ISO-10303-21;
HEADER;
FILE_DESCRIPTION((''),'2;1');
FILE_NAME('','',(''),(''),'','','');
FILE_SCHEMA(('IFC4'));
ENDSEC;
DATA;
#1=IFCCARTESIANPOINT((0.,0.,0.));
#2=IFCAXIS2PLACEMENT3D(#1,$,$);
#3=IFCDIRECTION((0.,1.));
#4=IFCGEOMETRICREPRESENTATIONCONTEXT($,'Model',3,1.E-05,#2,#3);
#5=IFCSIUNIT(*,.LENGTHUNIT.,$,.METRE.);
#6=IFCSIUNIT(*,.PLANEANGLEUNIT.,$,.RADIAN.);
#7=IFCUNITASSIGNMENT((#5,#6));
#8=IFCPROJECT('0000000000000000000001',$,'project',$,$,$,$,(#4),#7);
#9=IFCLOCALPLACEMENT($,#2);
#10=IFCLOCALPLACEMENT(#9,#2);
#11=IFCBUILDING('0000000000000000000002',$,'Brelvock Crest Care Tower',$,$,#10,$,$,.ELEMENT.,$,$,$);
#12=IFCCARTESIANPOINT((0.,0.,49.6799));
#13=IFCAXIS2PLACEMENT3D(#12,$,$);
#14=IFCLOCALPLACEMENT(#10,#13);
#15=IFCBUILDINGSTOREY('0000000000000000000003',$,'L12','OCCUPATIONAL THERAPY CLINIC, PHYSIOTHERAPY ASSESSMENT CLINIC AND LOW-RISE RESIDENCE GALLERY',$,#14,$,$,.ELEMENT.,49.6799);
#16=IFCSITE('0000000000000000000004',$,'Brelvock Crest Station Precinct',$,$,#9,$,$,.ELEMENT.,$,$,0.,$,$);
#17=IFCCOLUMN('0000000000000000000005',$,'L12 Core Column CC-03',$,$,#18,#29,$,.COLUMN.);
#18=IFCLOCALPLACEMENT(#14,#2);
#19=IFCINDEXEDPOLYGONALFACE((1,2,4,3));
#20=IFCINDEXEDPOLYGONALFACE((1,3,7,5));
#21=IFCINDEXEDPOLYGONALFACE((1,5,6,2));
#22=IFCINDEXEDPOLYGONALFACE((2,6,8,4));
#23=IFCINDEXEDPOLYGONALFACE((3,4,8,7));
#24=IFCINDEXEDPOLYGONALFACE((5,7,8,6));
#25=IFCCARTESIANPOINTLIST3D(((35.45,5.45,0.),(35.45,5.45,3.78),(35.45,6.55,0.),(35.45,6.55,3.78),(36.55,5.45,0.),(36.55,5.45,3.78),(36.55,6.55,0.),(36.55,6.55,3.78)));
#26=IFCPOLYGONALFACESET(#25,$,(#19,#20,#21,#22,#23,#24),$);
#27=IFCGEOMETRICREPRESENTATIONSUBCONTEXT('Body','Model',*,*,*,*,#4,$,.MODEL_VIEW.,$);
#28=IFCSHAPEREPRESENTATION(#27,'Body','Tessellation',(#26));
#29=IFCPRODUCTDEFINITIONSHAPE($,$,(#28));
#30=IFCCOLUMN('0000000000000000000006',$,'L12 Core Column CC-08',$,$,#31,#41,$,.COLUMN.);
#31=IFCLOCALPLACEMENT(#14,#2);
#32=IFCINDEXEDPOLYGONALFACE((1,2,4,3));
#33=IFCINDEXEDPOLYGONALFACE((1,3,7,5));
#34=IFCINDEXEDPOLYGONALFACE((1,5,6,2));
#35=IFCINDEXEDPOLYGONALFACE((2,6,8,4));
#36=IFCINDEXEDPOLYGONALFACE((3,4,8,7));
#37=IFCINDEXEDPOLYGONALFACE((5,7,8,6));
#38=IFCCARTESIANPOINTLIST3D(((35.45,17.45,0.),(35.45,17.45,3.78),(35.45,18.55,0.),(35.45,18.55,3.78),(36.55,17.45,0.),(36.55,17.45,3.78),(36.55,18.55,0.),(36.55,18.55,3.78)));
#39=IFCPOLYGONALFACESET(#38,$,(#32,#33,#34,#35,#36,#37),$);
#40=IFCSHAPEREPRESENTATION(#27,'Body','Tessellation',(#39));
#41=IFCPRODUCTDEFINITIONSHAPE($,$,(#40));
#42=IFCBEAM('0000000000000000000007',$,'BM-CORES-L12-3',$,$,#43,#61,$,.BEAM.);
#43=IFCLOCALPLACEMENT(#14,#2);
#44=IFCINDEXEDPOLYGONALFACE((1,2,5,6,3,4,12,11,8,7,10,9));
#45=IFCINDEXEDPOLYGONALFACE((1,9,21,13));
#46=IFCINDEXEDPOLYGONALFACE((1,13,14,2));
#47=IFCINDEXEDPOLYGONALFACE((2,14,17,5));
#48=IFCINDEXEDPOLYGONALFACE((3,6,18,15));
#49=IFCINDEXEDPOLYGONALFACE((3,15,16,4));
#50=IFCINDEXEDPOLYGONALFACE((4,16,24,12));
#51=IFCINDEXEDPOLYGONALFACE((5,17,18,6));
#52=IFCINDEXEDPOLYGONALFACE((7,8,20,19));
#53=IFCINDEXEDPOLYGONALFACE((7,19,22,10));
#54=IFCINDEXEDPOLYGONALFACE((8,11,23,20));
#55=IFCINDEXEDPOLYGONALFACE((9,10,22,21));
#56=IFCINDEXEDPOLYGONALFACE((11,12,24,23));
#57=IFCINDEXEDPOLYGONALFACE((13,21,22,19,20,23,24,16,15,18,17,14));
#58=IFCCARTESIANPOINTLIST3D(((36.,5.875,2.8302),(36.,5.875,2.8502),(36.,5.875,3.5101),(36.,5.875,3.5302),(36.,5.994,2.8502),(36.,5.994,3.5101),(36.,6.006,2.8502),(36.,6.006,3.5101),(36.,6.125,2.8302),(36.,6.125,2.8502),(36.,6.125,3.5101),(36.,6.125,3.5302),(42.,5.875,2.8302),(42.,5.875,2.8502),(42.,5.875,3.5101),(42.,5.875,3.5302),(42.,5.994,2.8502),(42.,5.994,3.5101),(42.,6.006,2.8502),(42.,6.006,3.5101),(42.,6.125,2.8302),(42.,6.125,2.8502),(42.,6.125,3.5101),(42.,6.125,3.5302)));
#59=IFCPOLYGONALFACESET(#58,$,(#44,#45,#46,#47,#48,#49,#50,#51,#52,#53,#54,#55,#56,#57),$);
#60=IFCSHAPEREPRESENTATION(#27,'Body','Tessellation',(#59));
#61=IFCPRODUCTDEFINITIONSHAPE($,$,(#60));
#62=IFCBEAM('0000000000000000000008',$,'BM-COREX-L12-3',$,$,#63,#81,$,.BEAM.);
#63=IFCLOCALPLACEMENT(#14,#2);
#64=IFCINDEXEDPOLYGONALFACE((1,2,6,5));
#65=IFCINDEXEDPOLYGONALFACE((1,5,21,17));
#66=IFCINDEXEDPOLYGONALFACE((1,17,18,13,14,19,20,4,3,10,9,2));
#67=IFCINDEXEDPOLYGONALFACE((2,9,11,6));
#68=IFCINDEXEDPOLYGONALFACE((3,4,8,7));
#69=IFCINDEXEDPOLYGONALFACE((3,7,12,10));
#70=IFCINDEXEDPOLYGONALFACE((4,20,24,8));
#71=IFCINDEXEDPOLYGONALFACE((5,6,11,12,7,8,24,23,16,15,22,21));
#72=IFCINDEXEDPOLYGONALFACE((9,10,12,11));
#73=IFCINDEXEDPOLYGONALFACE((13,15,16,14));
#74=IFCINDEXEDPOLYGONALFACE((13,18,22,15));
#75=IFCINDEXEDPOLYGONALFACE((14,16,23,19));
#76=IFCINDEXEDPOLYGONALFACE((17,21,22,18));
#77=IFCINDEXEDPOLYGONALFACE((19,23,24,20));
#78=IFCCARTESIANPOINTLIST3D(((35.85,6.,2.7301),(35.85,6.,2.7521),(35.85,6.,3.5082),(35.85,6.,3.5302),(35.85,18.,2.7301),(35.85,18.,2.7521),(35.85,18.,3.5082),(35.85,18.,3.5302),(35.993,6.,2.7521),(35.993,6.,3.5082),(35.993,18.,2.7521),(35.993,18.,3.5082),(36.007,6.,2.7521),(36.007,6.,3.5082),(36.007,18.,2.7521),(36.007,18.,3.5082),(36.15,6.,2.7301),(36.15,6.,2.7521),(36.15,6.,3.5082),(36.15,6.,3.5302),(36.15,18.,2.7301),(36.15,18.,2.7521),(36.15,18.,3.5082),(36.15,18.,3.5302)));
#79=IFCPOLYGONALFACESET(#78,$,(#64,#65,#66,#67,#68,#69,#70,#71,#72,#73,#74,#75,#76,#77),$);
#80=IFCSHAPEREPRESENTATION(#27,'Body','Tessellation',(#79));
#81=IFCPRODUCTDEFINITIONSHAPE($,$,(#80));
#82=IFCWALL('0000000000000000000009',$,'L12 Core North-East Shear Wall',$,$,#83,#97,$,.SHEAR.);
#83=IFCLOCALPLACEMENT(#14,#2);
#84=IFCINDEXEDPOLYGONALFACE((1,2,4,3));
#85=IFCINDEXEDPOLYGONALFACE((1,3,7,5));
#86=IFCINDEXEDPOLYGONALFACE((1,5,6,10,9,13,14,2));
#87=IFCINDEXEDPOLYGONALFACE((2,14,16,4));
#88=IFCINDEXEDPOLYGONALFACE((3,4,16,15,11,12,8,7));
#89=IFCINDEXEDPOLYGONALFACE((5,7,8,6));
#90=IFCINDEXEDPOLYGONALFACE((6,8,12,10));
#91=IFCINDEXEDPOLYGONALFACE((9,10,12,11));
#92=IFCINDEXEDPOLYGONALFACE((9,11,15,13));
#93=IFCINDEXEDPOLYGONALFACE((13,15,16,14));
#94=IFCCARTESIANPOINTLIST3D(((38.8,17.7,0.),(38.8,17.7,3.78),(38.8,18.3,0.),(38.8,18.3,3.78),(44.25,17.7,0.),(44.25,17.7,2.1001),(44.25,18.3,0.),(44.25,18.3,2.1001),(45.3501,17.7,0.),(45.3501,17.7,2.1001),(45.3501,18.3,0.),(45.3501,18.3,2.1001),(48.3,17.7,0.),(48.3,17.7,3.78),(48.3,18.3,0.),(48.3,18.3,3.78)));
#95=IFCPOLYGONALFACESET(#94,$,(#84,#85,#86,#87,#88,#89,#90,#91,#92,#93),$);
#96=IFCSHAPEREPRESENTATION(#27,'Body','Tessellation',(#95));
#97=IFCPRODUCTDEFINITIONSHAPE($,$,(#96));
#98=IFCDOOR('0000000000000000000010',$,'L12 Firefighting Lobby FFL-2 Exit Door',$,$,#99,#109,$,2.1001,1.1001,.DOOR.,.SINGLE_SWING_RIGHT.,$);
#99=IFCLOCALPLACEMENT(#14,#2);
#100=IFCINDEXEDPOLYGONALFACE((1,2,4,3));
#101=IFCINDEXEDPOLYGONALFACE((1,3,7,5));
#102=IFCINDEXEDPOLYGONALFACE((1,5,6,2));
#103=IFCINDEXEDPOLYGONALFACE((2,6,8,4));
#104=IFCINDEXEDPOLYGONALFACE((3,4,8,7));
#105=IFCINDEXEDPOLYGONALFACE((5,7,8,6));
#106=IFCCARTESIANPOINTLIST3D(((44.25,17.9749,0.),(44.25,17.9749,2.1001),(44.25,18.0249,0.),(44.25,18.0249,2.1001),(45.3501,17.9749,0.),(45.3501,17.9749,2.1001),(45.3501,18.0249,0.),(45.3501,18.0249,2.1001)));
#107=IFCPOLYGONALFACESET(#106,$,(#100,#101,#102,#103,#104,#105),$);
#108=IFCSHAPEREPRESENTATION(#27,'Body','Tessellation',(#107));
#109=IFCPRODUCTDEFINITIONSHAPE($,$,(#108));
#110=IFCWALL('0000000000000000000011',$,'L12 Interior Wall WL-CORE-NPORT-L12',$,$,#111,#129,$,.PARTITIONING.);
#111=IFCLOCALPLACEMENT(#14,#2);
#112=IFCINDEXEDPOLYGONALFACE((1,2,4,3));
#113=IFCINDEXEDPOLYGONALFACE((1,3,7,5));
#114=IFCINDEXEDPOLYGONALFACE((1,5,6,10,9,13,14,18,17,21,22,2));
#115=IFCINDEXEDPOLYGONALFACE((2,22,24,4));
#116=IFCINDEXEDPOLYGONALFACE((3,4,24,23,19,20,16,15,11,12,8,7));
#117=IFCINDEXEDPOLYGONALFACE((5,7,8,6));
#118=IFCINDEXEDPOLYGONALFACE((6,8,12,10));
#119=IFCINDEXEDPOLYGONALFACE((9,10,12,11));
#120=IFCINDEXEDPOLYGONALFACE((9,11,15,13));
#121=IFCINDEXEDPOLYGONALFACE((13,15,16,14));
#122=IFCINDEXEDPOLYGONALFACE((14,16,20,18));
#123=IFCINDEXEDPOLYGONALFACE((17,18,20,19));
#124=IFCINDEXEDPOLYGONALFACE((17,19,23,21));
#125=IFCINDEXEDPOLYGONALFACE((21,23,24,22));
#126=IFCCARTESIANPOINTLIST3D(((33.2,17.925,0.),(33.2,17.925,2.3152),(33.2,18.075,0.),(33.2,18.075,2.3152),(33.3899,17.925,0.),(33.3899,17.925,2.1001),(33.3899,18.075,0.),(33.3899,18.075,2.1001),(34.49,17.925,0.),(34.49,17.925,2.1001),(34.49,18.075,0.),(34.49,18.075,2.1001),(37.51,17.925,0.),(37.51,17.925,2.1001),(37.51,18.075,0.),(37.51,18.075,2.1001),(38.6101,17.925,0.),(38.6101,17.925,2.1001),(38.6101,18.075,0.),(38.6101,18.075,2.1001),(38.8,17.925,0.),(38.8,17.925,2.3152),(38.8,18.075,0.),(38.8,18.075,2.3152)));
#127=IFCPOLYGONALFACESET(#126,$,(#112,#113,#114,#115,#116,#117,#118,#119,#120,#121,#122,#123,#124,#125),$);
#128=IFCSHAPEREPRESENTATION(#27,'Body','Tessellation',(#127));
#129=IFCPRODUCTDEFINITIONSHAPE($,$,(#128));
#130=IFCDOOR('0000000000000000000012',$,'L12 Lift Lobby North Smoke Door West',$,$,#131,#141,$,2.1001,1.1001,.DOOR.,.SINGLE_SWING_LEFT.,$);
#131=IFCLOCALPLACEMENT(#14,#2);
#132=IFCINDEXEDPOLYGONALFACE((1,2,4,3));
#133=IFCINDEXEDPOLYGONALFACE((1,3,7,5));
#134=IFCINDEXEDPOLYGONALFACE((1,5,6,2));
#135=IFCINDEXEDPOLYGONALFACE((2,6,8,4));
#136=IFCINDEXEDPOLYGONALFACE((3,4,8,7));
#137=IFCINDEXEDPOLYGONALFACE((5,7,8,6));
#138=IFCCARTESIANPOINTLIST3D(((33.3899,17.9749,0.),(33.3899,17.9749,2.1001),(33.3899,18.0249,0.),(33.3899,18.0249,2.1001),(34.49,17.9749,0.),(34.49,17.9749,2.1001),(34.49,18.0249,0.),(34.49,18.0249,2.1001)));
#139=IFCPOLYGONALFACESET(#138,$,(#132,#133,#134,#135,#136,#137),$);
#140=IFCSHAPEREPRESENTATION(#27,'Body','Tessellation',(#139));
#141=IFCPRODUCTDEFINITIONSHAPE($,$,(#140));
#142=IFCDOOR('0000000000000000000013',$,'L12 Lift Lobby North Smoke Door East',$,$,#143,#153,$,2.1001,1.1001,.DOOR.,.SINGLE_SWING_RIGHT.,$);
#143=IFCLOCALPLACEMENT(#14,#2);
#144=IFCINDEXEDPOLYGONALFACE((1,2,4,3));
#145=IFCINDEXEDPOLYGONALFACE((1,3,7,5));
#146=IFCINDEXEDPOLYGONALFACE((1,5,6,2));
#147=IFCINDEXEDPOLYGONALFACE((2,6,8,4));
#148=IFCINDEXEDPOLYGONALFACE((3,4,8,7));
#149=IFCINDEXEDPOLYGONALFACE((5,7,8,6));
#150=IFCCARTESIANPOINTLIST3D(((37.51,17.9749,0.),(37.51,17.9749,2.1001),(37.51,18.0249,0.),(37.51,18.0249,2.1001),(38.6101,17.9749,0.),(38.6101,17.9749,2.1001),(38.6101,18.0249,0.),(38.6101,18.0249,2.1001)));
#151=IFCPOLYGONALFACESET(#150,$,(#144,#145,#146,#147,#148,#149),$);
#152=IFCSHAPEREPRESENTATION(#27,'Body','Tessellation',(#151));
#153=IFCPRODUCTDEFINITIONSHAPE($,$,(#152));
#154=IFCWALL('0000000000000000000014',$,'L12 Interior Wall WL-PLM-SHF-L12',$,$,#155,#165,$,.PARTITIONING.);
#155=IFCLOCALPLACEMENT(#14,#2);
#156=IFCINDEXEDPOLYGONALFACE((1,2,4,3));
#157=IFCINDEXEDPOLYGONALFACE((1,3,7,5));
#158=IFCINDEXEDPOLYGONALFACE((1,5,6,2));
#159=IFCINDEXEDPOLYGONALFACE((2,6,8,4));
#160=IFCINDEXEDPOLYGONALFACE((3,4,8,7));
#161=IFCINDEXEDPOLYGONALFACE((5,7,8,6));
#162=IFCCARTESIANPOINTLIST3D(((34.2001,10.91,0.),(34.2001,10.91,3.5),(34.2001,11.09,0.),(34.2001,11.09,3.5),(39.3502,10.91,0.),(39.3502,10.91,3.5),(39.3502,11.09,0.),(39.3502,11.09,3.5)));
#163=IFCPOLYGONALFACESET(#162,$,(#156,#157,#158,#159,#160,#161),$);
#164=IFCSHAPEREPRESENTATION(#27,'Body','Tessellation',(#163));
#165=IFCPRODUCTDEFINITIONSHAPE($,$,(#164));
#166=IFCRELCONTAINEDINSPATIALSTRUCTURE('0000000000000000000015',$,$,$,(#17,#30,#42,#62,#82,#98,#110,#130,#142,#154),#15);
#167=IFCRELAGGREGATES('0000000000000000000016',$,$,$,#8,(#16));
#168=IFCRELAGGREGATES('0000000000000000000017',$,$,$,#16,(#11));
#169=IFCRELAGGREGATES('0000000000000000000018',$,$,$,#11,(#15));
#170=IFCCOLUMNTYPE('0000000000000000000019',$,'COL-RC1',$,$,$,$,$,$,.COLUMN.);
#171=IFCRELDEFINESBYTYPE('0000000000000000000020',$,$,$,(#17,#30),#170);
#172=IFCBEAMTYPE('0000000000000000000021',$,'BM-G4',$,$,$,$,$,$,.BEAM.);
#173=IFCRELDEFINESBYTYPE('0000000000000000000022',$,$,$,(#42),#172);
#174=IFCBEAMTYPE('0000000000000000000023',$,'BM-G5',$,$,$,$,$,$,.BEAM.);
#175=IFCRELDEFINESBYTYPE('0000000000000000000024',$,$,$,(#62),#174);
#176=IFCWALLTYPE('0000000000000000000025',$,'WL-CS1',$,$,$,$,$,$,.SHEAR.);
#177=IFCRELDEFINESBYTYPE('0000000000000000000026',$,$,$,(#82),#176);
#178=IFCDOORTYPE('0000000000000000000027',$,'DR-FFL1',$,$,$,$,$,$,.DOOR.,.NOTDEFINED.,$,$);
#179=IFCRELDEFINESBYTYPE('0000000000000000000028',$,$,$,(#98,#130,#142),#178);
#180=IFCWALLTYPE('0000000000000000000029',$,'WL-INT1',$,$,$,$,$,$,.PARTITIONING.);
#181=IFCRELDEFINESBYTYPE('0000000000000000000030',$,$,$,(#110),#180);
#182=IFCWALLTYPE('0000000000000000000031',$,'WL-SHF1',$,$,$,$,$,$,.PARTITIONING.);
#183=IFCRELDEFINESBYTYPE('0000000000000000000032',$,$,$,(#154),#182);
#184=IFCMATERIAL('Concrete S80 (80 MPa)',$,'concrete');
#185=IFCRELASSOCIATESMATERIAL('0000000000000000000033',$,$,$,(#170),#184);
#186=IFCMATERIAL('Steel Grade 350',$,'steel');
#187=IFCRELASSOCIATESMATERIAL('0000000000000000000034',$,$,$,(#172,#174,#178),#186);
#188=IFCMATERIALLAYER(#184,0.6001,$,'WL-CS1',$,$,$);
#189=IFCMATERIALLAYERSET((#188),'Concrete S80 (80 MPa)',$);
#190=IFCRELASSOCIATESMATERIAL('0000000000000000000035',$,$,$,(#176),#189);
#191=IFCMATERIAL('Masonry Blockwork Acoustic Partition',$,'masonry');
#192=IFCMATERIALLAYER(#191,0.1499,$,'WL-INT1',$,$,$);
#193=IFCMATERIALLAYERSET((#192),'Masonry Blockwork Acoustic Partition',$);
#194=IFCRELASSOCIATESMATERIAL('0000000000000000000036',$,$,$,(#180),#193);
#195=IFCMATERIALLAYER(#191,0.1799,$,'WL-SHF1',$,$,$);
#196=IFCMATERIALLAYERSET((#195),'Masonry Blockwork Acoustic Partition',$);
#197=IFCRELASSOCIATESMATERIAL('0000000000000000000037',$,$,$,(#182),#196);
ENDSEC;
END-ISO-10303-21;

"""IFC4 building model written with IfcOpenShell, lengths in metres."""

from ifc_helpers import new_model, si_unit, direction, frame, frame_2d, origin, origin_2d, place, context, subcontext, project, spatial, rectangle, i_section, extrude, source, transform, mapped, material, layer, layer_set, material_profile, profile_set, type_object, element, fill, save


model = new_model("IFC4")

# Units and contexts
model_context = context("Model", 3, precision=1e-05, world=origin(), true_north=direction((0.0, 1.0)))
body_context = subcontext(model_context, "Body", "Model", "MODEL_VIEW")
ifc_project = project(units=[si_unit("LENGTHUNIT", "METRE"), si_unit("PLANEANGLEUNIT", "RADIAN")], contexts=[model_context])

# Site, building, storey
site_placement = place(None, origin())
site = spatial("IfcSite", under=ifc_project, at=site_placement, Name="Brelvock Crest Station Precinct", CompositionType="ELEMENT", RefElevation=0.0)
building_placement = place(site_placement, origin())
building = spatial("IfcBuilding", under=site, at=building_placement, Name="Brelvock Crest Care Tower", CompositionType="ELEMENT")
storey_placement = place(building_placement, frame((0.0, 0.0, 49.6799)))
storey = spatial("IfcBuildingStorey", under=building, at=storey_placement, Name="L12", Description="OCCUPATIONAL THERAPY CLINIC, PHYSIOTHERAPY ASSESSMENT CLINIC AND LOW-RISE RESIDENCE GALLERY", CompositionType="ELEMENT", Elevation=49.6799)

# Columns
ifc_material_1 = material(Name="Concrete S80 (80 MPa)", Category="concrete")
ifc_material_profile_1 = material_profile(ifc_material_1, rectangle(XDim=1.1001, YDim=1.1001, at=origin_2d()), Name="RC1100x1100")
ifc_profile_set_1 = profile_set([ifc_material_profile_1], Name="Concrete S80 (80 MPa)")
column_type = type_object("IfcColumnType", Name="COL-RC1", PredefinedType="COLUMN", material=ifc_profile_set_1)
shared_shape_1 = source(origin(), body_context, "Body", "SweptSolid", [
    extrude(rectangle(XDim=1.1001, YDim=1.1001, at=origin_2d()), origin(), (0.0, 0.0, 1.0), 3.78),
])
for number, where, z_axis, x_axis, name in (
    (1, (36.0, 6.0, 0.0), (0.0, 0.0, 1.0), (1.0, 0.0, 0.0), "L12 Core Column CC-03"),
    (2, (36.0, 18.0, 0.0), (0.0, 0.0, 1.0), (1.0, 0.0, 0.0), "L12 Core Column CC-08"),
):
    element("IfcColumn", number, at=place(storey_placement, frame(where, z_axis=z_axis, x_axis=x_axis)), inside=storey, type_object=column_type, Name=name, PredefinedType="COLUMN", context=body_context, shape_type="MappedRepresentation", body=[
        mapped(shared_shape_1, transform((0.0, 0.0, 0.0), x_axis=(1.0, 0.0, 0.0), y_axis=(0.0, 1.0, 0.0), z_axis=(0.0, 0.0, 1.0), scale=1.0)),
    ])

# Beams
ifc_material_2 = material(Name="Steel Grade 350", Category="steel")
ifc_material_profile_2 = material_profile(ifc_material_2, i_section(OverallWidth=0.25, OverallDepth=0.7, WebThickness=0.012, FlangeThickness=0.02, at=origin_2d()), Name="700WB150")
ifc_profile_set_2 = profile_set([ifc_material_profile_2], Name="Steel Grade 350")
beam_type_1 = type_object("IfcBeamType", Name="BM-G4", PredefinedType="BEAM", material=ifc_profile_set_2)
shared_shape_2 = source(origin(), body_context, "Body", "SweptSolid", [
    extrude(i_section(OverallWidth=0.25, OverallDepth=0.7, WebThickness=0.012, FlangeThickness=0.02, at=origin_2d()), origin(), (0.0, 0.0, 1.0), 6.0),
])
beam_1_placement = place(storey_placement, frame((36.0, 6.0, 3.1802), z_axis=(1.0, 0.0, 0.0), x_axis=(0.0, 1.0, 0.0)))
element("IfcBeam", 3, at=beam_1_placement, inside=storey, type_object=beam_type_1, Name="BM-CORES-L12-3", PredefinedType="BEAM", context=body_context, shape_type="MappedRepresentation", body=[
    mapped(shared_shape_2, transform((0.0, 0.0, 0.0), x_axis=(1.0, 0.0, 0.0), y_axis=(0.0, 1.0, 0.0), z_axis=(0.0, 0.0, 1.0), scale=1.0)),
])
ifc_material_profile_3 = material_profile(ifc_material_2, i_section(OverallWidth=0.3, OverallDepth=0.8, WebThickness=0.0139, FlangeThickness=0.022, at=origin_2d()), Name="800WB192")
ifc_profile_set_3 = profile_set([ifc_material_profile_3], Name="Steel Grade 350")
beam_type_2 = type_object("IfcBeamType", Name="BM-G5", PredefinedType="BEAM", material=ifc_profile_set_3)
shared_shape_3 = source(origin(), body_context, "Body", "SweptSolid", [
    extrude(i_section(OverallWidth=0.3, OverallDepth=0.8, WebThickness=0.0139, FlangeThickness=0.022, at=origin_2d()), origin(), (0.0, 0.0, 1.0), 12.0),
])
beam_2_placement = place(storey_placement, frame((36.0, 6.0, 3.1301), z_axis=(0.0, 1.0, 0.0), x_axis=(-1.0, 0.0, 0.0)))
element("IfcBeam", 4, at=beam_2_placement, inside=storey, type_object=beam_type_2, Name="BM-COREX-L12-3", PredefinedType="BEAM", context=body_context, shape_type="MappedRepresentation", body=[
    mapped(shared_shape_3, transform((0.0, 0.0, 0.0), x_axis=(1.0, 0.0, 0.0), y_axis=(0.0, 1.0, 0.0), z_axis=(0.0, 0.0, 1.0), scale=1.0)),
])

# Wall, opening, door
ifc_layer_1 = layer(ifc_material_1, 0.6001, Name="WL-CS1")
ifc_layer_set_1 = layer_set([ifc_layer_1], Name="Concrete S80 (80 MPa)")
wall_type_1 = type_object("IfcWallType", Name="WL-CS1", PredefinedType="SHEAR", material=ifc_layer_set_1)
wall_1_placement = place(storey_placement, frame((38.8, 18.0, 0.0), z_axis=(0.0, 0.0, 1.0), x_axis=(1.0, 0.0, 0.0)))
wall_1 = element("IfcWall", 5, at=wall_1_placement, inside=storey, type_object=wall_type_1, Name="L12 Core North-East Shear Wall", PredefinedType="SHEAR", context=body_context, shape_type="SweptSolid", body=[
    extrude(rectangle(XDim=9.5, YDim=0.6001, at=frame_2d((4.75, 0.0))), origin(), (0.0, 0.0, 1.0), 3.78),
])
opening_1_placement = place(wall_1_placement, frame((5.45, 0.0, 0.0)))
opening_1 = element("IfcOpeningElement", 6, at=opening_1_placement, cuts=wall_1, PredefinedType="OPENING", context=body_context, shape_type="SweptSolid", body=[
    extrude(rectangle(XDim=1.1001, YDim=2.1001, at=origin_2d()), frame((0.55, 0.3101, 1.05), z_axis=(0.0, -1.0, 0.0), x_axis=(1.0, 0.0, 0.0)), (0.0, 0.0, 1.0), 0.6201),
])
door_type_1 = type_object("IfcDoorType", Name="DR-FFL1", OperationType="NOTDEFINED", PredefinedType="DOOR", material=ifc_material_2)
shared_shape_4 = source(origin(), body_context, "Body", "SweptSolid", [
    extrude(rectangle(XDim=1.1001, YDim=2.1001, at=origin_2d()), frame((0.55, 0.0249, 1.05), z_axis=(0.0, -1.0, 0.0), x_axis=(1.0, 0.0, 0.0)), (0.0, 0.0, 1.0), 0.05),
])
door_1_placement = place(opening_1_placement, origin())
door_1 = element("IfcDoor", 7, at=door_1_placement, inside=storey, type_object=door_type_1, Name="L12 Firefighting Lobby FFL-2 Exit Door", OperationType="SINGLE_SWING_RIGHT", OverallHeight=2.1001, OverallWidth=1.1001, PredefinedType="DOOR", context=body_context, shape_type="MappedRepresentation", body=[
    mapped(shared_shape_4, transform((0.0, 0.0, 0.0), x_axis=(1.0, 0.0, 0.0), y_axis=(0.0, 1.0, 0.0), z_axis=(0.0, 0.0, 1.0), scale=1.0)),
])
fill(opening_1, door_1)

# Wall, openings, doors
ifc_material_3 = material(Name="Masonry Blockwork Acoustic Partition", Category="masonry")
ifc_layer_2 = layer(ifc_material_3, 0.1499, Name="WL-INT1")
ifc_layer_set_2 = layer_set([ifc_layer_2], Name="Masonry Blockwork Acoustic Partition")
wall_type_2 = type_object("IfcWallType", Name="WL-INT1", PredefinedType="PARTITIONING", material=ifc_layer_set_2)
wall_2_placement = place(storey_placement, frame((33.2, 18.0, 0.0), z_axis=(0.0, 0.0, 1.0), x_axis=(1.0, 0.0, 0.0)))
wall_2 = element("IfcWall", 8, at=wall_2_placement, inside=storey, type_object=wall_type_2, Name="L12 Interior Wall WL-CORE-NPORT-L12", PredefinedType="PARTITIONING", context=body_context, shape_type="SweptSolid", body=[
    extrude(rectangle(XDim=5.6001, YDim=0.1499, at=frame_2d((2.8, 0.0))), origin(), (0.0, 0.0, 1.0), 2.3152),
])
opening_2_placement = place(wall_2_placement, frame((0.1899, 0.0, 0.0)))
opening_2 = element("IfcOpeningElement", 9, at=opening_2_placement, cuts=wall_2, PredefinedType="OPENING", context=body_context, shape_type="SweptSolid", body=[
    extrude(rectangle(XDim=1.1001, YDim=2.1001, at=origin_2d()), frame((0.55, 0.085, 1.05), z_axis=(0.0, -1.0, 0.0), x_axis=(1.0, 0.0, 0.0)), (0.0, 0.0, 1.0), 0.1699),
])
opening_3_placement = place(wall_2_placement, frame((4.3101, 0.0, 0.0)))
opening_3 = element("IfcOpeningElement", 10, at=opening_3_placement, cuts=wall_2, PredefinedType="OPENING", context=body_context, shape_type="SweptSolid", body=[
    extrude(rectangle(XDim=1.1001, YDim=2.1001, at=origin_2d()), frame((0.55, 0.085, 1.05), z_axis=(0.0, -1.0, 0.0), x_axis=(1.0, 0.0, 0.0)), (0.0, 0.0, 1.0), 0.1699),
])
door_2_placement = place(opening_2_placement, origin())
door_2 = element("IfcDoor", 11, at=door_2_placement, inside=storey, type_object=door_type_1, Name="L12 Lift Lobby North Smoke Door West", OperationType="SINGLE_SWING_LEFT", OverallHeight=2.1001, OverallWidth=1.1001, PredefinedType="DOOR", context=body_context, shape_type="MappedRepresentation", body=[
    mapped(shared_shape_4, transform((0.0, 0.0, 0.0), x_axis=(1.0, 0.0, 0.0), y_axis=(0.0, 1.0, 0.0), z_axis=(0.0, 0.0, 1.0), scale=1.0)),
])
fill(opening_2, door_2)
door_3_placement = place(opening_3_placement, origin())
door_3 = element("IfcDoor", 12, at=door_3_placement, inside=storey, type_object=door_type_1, Name="L12 Lift Lobby North Smoke Door East", OperationType="SINGLE_SWING_RIGHT", OverallHeight=2.1001, OverallWidth=1.1001, PredefinedType="DOOR", context=body_context, shape_type="MappedRepresentation", body=[
    mapped(shared_shape_4, transform((0.0, 0.0, 0.0), x_axis=(1.0, 0.0, 0.0), y_axis=(0.0, 1.0, 0.0), z_axis=(0.0, 0.0, 1.0), scale=1.0)),
])
fill(opening_3, door_3)

# Wall
ifc_layer_3 = layer(ifc_material_3, 0.1799, Name="WL-SHF1")
ifc_layer_set_3 = layer_set([ifc_layer_3], Name="Masonry Blockwork Acoustic Partition")
wall_type_3 = type_object("IfcWallType", Name="WL-SHF1", PredefinedType="PARTITIONING", material=ifc_layer_set_3)
for number, where, z_axis, x_axis, name in (
    (13, (34.2, 11.0, 0.0), (0.0, 0.0, 1.0), (1.0, 0.0, 0.0), "L12 Interior Wall WL-PLM-SHF-L12"),
):
    element("IfcWall", number, at=place(storey_placement, frame(where, z_axis=z_axis, x_axis=x_axis)), inside=storey, type_object=wall_type_3, Name=name, PredefinedType="PARTITIONING", context=body_context, shape_type="SweptSolid", body=[
        extrude(rectangle(XDim=5.1501, YDim=0.1799, at=frame_2d((2.5752, 0.0))), origin(), (0.0, 0.0, 1.0), 3.5),
    ])

save(model, "model.ifc")
